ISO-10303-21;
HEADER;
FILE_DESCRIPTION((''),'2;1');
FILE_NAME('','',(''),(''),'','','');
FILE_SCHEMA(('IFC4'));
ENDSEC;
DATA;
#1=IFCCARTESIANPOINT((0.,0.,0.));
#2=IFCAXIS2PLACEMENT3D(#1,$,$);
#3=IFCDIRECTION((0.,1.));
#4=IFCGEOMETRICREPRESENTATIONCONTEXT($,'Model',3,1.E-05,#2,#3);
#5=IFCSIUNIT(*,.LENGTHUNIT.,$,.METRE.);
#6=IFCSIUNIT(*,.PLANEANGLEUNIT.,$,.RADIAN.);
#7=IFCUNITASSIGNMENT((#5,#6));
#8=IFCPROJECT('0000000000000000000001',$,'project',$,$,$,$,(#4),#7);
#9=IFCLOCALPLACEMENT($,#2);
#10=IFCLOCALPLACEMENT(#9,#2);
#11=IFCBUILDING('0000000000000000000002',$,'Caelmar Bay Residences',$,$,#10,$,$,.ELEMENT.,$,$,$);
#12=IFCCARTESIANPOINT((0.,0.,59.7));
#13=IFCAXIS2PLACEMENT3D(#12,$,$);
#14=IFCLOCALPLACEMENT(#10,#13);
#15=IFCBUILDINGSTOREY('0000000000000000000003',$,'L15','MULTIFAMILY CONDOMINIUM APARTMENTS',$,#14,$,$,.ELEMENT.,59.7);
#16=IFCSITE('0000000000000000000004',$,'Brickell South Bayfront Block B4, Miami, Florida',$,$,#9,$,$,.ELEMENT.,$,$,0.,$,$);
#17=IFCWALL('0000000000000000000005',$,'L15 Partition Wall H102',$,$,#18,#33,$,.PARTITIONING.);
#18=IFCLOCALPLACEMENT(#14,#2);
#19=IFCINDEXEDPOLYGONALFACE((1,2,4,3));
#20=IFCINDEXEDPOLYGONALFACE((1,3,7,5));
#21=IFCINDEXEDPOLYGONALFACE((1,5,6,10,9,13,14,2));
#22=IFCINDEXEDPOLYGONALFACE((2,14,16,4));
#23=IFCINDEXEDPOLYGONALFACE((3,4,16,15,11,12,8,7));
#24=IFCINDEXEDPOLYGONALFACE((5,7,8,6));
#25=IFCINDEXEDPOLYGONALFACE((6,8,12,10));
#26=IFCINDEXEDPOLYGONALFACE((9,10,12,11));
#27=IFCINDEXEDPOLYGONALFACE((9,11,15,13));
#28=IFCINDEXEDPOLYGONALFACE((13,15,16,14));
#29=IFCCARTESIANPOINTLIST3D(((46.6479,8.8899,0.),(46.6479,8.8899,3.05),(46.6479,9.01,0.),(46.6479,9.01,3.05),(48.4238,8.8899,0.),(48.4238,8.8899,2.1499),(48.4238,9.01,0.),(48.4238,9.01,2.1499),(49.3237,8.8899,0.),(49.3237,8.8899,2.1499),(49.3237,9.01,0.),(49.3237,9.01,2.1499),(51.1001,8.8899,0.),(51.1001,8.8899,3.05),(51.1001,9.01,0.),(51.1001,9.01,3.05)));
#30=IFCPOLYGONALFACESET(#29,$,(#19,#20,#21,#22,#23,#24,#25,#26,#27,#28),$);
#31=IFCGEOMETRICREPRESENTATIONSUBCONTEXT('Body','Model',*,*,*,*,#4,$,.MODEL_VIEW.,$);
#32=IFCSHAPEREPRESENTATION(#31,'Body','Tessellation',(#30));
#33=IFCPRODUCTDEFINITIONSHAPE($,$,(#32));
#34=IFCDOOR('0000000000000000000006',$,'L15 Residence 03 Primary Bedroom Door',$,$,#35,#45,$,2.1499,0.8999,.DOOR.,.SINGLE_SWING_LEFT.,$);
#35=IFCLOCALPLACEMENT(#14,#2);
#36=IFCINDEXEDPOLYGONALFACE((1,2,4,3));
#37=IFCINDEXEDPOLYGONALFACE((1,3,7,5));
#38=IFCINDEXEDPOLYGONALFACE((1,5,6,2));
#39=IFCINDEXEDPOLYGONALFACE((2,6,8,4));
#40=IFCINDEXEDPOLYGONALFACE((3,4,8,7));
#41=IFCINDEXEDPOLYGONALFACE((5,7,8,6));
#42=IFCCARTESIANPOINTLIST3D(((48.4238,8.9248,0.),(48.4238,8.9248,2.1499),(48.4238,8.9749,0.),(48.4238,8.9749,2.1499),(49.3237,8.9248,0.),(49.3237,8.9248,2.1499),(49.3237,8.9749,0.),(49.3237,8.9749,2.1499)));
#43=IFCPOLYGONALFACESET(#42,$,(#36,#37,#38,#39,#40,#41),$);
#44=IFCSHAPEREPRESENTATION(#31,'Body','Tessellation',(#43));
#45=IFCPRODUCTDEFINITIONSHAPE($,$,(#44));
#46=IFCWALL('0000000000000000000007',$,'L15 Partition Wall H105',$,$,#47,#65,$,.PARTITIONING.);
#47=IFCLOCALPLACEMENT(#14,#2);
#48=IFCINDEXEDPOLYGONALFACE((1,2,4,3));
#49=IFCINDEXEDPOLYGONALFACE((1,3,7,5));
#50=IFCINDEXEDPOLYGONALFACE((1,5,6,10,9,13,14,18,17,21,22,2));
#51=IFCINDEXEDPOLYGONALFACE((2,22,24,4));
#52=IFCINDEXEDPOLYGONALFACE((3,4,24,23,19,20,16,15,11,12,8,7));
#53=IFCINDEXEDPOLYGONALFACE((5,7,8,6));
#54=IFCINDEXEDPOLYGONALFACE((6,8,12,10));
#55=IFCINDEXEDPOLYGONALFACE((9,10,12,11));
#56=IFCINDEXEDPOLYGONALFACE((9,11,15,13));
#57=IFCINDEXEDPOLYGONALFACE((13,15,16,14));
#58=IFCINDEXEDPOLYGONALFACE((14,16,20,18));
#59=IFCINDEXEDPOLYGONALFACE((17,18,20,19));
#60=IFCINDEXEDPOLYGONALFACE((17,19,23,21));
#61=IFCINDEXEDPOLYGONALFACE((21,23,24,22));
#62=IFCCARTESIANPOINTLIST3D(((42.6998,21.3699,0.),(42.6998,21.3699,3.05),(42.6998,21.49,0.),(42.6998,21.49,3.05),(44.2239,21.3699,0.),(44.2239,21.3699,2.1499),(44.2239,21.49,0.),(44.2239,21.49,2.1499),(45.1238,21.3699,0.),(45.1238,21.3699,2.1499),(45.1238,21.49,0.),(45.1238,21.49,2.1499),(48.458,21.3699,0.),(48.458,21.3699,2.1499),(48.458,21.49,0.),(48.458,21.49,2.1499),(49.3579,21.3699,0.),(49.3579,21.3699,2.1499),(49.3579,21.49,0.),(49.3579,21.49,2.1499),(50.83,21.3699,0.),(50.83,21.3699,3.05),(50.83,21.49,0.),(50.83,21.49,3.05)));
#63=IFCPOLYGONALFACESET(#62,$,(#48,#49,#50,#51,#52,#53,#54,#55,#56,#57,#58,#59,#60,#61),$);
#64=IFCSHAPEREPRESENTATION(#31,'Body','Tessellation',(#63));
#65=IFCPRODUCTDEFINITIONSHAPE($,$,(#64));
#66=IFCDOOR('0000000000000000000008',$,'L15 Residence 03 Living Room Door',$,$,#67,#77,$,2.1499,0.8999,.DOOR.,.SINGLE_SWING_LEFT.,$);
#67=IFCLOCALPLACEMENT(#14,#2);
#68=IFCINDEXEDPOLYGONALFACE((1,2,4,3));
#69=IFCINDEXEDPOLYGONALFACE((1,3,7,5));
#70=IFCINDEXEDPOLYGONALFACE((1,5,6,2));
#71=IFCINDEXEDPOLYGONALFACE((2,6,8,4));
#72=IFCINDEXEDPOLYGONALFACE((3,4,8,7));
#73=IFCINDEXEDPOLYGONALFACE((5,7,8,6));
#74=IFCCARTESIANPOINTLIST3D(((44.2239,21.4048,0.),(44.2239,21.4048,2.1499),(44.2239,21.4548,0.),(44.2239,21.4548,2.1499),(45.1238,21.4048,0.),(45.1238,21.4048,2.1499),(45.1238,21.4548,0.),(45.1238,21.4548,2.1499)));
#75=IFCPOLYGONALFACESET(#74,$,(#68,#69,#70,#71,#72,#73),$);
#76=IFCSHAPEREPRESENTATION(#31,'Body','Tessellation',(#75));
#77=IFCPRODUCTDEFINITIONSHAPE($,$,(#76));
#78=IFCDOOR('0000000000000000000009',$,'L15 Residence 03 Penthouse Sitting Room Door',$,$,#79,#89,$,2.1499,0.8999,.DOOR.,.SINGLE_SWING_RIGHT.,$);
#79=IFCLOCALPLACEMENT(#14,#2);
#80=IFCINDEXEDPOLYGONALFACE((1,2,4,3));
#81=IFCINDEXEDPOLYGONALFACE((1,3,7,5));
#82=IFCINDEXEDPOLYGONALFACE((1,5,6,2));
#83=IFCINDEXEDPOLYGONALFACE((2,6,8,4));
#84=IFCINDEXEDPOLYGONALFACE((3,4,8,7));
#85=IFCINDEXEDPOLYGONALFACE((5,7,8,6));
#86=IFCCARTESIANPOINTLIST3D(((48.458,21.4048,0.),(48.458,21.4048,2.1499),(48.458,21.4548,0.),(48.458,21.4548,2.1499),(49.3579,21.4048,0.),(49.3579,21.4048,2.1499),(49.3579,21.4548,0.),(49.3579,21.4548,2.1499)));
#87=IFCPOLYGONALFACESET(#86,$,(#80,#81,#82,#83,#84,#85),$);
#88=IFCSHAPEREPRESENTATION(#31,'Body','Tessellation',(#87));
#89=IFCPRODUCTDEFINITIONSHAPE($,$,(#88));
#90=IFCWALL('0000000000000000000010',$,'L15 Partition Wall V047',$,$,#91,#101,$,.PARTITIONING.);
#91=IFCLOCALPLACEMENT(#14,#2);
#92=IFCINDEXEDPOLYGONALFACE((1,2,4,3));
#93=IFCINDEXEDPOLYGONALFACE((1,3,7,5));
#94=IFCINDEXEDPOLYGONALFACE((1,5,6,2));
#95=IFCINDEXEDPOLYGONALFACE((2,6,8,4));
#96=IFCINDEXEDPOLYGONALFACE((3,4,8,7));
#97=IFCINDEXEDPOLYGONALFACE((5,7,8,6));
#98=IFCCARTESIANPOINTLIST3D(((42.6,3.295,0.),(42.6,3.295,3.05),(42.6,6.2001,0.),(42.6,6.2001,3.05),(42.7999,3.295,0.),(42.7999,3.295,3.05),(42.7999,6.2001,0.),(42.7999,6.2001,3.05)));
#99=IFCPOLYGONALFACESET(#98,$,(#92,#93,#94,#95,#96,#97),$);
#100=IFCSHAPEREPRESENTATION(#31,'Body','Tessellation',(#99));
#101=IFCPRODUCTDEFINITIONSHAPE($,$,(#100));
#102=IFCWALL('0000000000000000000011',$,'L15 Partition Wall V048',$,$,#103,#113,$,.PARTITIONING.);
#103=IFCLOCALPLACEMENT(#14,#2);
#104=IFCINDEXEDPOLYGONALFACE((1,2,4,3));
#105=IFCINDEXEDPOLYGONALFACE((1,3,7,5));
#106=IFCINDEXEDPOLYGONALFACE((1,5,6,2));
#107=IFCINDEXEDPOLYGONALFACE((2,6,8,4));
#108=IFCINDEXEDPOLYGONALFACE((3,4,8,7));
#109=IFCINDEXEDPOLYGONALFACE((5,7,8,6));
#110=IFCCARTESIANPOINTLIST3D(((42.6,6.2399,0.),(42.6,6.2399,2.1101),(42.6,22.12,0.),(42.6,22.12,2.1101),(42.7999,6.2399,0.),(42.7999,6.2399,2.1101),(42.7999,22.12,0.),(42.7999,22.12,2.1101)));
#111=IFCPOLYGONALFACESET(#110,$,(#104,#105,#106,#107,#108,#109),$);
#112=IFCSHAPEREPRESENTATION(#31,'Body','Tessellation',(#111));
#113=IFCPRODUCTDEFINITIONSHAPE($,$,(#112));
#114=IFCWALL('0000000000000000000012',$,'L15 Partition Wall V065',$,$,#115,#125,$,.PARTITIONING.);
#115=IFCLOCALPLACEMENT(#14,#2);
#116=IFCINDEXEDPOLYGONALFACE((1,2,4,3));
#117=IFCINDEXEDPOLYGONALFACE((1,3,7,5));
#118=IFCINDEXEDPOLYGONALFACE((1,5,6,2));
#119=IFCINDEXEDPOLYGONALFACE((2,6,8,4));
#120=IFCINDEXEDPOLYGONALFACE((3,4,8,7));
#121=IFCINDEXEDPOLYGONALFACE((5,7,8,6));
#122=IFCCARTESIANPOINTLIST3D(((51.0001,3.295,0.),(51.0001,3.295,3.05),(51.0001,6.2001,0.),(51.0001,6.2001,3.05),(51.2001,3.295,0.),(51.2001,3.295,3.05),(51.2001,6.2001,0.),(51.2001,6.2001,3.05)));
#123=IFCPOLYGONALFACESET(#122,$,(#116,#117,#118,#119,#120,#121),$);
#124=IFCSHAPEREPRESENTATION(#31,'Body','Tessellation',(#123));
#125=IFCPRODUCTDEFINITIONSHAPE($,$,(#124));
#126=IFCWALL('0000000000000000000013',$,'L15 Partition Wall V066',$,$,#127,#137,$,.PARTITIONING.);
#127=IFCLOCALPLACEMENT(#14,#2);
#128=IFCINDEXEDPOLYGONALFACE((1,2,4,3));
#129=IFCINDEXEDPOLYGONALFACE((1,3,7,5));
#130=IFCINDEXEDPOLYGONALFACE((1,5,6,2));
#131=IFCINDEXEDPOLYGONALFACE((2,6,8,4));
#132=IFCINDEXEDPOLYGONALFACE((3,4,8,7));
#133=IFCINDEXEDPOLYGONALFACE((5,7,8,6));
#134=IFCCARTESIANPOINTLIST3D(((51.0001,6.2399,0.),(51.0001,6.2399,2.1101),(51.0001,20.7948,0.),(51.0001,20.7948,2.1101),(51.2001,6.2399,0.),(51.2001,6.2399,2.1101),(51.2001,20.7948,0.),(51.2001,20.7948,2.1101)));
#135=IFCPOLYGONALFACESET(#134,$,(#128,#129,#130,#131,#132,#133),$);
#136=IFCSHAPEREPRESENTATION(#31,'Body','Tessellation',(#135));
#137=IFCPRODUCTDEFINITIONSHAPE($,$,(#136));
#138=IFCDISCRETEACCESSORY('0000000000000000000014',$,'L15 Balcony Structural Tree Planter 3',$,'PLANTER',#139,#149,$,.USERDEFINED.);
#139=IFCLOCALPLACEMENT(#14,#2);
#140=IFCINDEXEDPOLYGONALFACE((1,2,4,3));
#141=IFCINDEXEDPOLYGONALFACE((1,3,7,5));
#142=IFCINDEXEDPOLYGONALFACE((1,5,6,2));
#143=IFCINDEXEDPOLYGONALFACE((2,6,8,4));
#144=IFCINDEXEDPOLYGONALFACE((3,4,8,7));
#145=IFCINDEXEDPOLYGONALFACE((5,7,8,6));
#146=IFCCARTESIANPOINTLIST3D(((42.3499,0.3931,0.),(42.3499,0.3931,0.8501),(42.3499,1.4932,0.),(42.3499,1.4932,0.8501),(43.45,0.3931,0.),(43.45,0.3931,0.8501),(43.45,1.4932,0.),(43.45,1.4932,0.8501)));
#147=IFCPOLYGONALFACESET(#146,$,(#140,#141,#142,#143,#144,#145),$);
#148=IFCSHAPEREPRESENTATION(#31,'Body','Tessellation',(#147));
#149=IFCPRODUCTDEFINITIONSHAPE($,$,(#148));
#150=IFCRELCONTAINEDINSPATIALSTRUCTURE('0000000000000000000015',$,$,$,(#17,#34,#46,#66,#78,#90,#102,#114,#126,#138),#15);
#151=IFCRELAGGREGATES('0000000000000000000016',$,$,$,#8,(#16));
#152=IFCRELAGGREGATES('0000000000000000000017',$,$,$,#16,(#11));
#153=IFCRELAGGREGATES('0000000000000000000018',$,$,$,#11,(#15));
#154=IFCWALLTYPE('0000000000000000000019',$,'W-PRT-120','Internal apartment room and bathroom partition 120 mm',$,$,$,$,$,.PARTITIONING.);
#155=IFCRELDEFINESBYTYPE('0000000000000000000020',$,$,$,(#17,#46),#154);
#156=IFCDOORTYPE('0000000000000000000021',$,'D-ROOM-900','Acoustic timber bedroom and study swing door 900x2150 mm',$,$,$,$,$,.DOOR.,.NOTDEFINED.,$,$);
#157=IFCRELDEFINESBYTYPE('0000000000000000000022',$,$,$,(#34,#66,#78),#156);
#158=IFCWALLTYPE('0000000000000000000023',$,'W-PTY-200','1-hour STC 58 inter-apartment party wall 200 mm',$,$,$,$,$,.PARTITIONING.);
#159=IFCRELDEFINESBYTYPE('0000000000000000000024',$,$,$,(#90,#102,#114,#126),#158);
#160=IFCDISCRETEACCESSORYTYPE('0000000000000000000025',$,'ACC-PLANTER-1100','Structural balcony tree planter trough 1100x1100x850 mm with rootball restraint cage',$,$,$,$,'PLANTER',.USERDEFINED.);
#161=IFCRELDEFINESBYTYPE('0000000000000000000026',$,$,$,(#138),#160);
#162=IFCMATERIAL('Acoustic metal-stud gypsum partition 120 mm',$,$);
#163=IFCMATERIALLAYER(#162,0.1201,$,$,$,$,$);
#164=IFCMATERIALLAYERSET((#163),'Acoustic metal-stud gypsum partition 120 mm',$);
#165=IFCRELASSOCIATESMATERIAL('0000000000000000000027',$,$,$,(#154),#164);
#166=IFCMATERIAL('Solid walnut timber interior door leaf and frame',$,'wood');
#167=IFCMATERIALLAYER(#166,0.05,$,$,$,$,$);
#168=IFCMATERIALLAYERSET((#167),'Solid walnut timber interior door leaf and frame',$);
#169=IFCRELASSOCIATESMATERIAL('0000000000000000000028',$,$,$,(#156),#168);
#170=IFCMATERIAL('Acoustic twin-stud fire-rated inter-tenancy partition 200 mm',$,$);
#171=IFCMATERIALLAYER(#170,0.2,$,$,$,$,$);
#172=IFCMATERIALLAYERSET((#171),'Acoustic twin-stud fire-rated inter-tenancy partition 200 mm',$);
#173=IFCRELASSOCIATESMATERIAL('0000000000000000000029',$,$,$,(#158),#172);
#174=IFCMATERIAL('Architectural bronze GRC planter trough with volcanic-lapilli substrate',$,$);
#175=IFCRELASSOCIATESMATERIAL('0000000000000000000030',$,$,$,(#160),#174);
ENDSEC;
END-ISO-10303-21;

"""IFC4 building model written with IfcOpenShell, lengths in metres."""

from ifc_helpers import new_model, si_unit, direction, frame, frame_2d, origin, origin_2d, place, context, subcontext, project, spatial, rectangle, extrude, material, layer, layer_set, type_object, element, fill, save


model = new_model("IFC4")

# Units and contexts
model_context = context("Model", 3, precision=1e-05, world=origin(), true_north=direction((0.0, 1.0)))
body_context = subcontext(model_context, "Body", "Model", "MODEL_VIEW")
ifc_project = project(units=[si_unit("LENGTHUNIT", "METRE"), si_unit("PLANEANGLEUNIT", "RADIAN")], contexts=[model_context])

# Site, building, storey
site_placement = place(None, origin())
site = spatial("IfcSite", under=ifc_project, at=site_placement, Name="Brickell South Bayfront Block B4, Miami, Florida", CompositionType="ELEMENT", RefElevation=0.0)
building_placement = place(site_placement, origin())
building = spatial("IfcBuilding", under=site, at=building_placement, Name="Caelmar Bay Residences", CompositionType="ELEMENT")
storey_placement = place(building_placement, frame((0.0, 0.0, 59.7)))
storey = spatial("IfcBuildingStorey", under=building, at=storey_placement, Name="L15", Description="MULTIFAMILY CONDOMINIUM APARTMENTS", CompositionType="ELEMENT", Elevation=59.7)

# Shared definitions
ifc_material_1 = material(Name="Acoustic metal-stud gypsum partition 120 mm")
ifc_layer_1 = layer(ifc_material_1, 0.1201)
ifc_layer_set_1 = layer_set([ifc_layer_1], Name="Acoustic metal-stud gypsum partition 120 mm")
wall_type_1 = type_object("IfcWallType", Name="W-PRT-120", Description="Internal apartment room and bathroom partition 120 mm", PredefinedType="PARTITIONING", material=ifc_layer_set_1)

# Wall, opening, door
wall_1_placement = place(storey_placement, frame((46.6479, 8.95, 0.0), z_axis=(0.0, 0.0, 1.0), x_axis=(1.0, 0.0, 0.0)))
wall_1 = element("IfcWall", 1, at=wall_1_placement, inside=storey, type_object=wall_type_1, Name="L15 Partition Wall H102", PredefinedType="PARTITIONING", context=body_context, shape_type="SweptSolid", body=[
    extrude(rectangle(XDim=4.4521, YDim=0.1201, at=frame_2d((2.2261, 0.0))), origin(), (0.0, 0.0, 1.0), 3.05),
])
opening_1_placement = place(wall_1_placement, frame((1.7759, 0.0, 0.0)))
opening_1 = element("IfcOpeningElement", 2, at=opening_1_placement, cuts=wall_1, PredefinedType="OPENING", context=body_context, shape_type="SweptSolid", body=[
    extrude(rectangle(XDim=0.8999, YDim=2.1499, at=frame_2d((0.45, 1.075))), frame((0.0, 0.0701, 0.0), z_axis=(0.0, -1.0, 0.0), x_axis=(1.0, 0.0, 0.0)), (0.0, 0.0, 1.0), 0.1401),
])
ifc_material_2 = material(Name="Solid walnut timber interior door leaf and frame", Category="wood")
ifc_layer_2 = layer(ifc_material_2, 0.05)
ifc_layer_set_2 = layer_set([ifc_layer_2], Name="Solid walnut timber interior door leaf and frame")
door_type = type_object("IfcDoorType", Name="D-ROOM-900", Description="Acoustic timber bedroom and study swing door 900x2150 mm", OperationType="NOTDEFINED", PredefinedType="DOOR", material=ifc_layer_set_2)
door_1_placement = place(opening_1_placement, origin())
door_1 = element("IfcDoor", 3, at=door_1_placement, inside=storey, type_object=door_type, Name="L15 Residence 03 Primary Bedroom Door", OperationType="SINGLE_SWING_LEFT", OverallHeight=2.1499, OverallWidth=0.8999, PredefinedType="DOOR", context=body_context, shape_type="SweptSolid", body=[
    extrude(rectangle(XDim=0.8999, YDim=2.1499, at=frame_2d((0.45, 1.075))), frame((0.0, 0.0249, 0.0), z_axis=(0.0, -1.0, 0.0), x_axis=(1.0, 0.0, 0.0)), (0.0, 0.0, 1.0), 0.05),
])
fill(opening_1, door_1)

# Wall, openings, doors
wall_2_placement = place(storey_placement, frame((42.7, 21.4299, 0.0), z_axis=(0.0, 0.0, 1.0), x_axis=(1.0, 0.0, 0.0)))
wall_2 = element("IfcWall", 4, at=wall_2_placement, inside=storey, type_object=wall_type_1, Name="L15 Partition Wall H105", PredefinedType="PARTITIONING", context=body_context, shape_type="SweptSolid", body=[
    extrude(rectangle(XDim=8.1301, YDim=0.1201, at=frame_2d((4.0649, 0.0))), origin(), (0.0, 0.0, 1.0), 3.05),
])
opening_2_placement = place(wall_2_placement, frame((1.5239, 0.0, 0.0)))
opening_2 = element("IfcOpeningElement", 5, at=opening_2_placement, cuts=wall_2, PredefinedType="OPENING", context=body_context, shape_type="SweptSolid", body=[
    extrude(rectangle(XDim=0.8999, YDim=2.1499, at=frame_2d((0.45, 1.075))), frame((0.0, 0.0701, 0.0), z_axis=(0.0, -1.0, 0.0), x_axis=(1.0, 0.0, 0.0)), (0.0, 0.0, 1.0), 0.1401),
])
opening_3_placement = place(wall_2_placement, frame((5.7581, 0.0, 0.0)))
opening_3 = element("IfcOpeningElement", 6, at=opening_3_placement, cuts=wall_2, PredefinedType="OPENING", context=body_context, shape_type="SweptSolid", body=[
    extrude(rectangle(XDim=0.8999, YDim=2.1499, at=frame_2d((0.45, 1.075))), frame((0.0, 0.0701, 0.0), z_axis=(0.0, -1.0, 0.0), x_axis=(1.0, 0.0, 0.0)), (0.0, 0.0, 1.0), 0.1401),
])
door_2_placement = place(opening_2_placement, origin())
door_2 = element("IfcDoor", 7, at=door_2_placement, inside=storey, type_object=door_type, Name="L15 Residence 03 Living Room Door", OperationType="SINGLE_SWING_LEFT", OverallHeight=2.1499, OverallWidth=0.8999, PredefinedType="DOOR", context=body_context, shape_type="SweptSolid", body=[
    extrude(rectangle(XDim=0.8999, YDim=2.1499, at=frame_2d((0.45, 1.075))), frame((0.0, 0.0249, 0.0), z_axis=(0.0, -1.0, 0.0), x_axis=(1.0, 0.0, 0.0)), (0.0, 0.0, 1.0), 0.05),
])
fill(opening_2, door_2)
door_3_placement = place(opening_3_placement, origin())
door_3 = element("IfcDoor", 8, at=door_3_placement, inside=storey, type_object=door_type, Name="L15 Residence 03 Penthouse Sitting Room Door", OperationType="SINGLE_SWING_RIGHT", OverallHeight=2.1499, OverallWidth=0.8999, PredefinedType="DOOR", context=body_context, shape_type="SweptSolid", body=[
    extrude(rectangle(XDim=0.8999, YDim=2.1499, at=frame_2d((0.45, 1.075))), frame((0.0, 0.0249, 0.0), z_axis=(0.0, -1.0, 0.0), x_axis=(1.0, 0.0, 0.0)), (0.0, 0.0, 1.0), 0.05),
])
fill(opening_3, door_3)

# Walls
ifc_material_3 = material(Name="Acoustic twin-stud fire-rated inter-tenancy partition 200 mm")
ifc_layer_3 = layer(ifc_material_3, 0.2)
ifc_layer_set_3 = layer_set([ifc_layer_3], Name="Acoustic twin-stud fire-rated inter-tenancy partition 200 mm")
wall_type_2 = type_object("IfcWallType", Name="W-PTY-200", Description="1-hour STC 58 inter-apartment party wall 200 mm", PredefinedType="PARTITIONING", material=ifc_layer_set_3)
wall_3_placement = place(storey_placement, frame((42.7, 3.2949, 0.0), z_axis=(0.0, 0.0, 1.0), x_axis=(0.0, 1.0, 0.0)))
element("IfcWall", 9, at=wall_3_placement, inside=storey, type_object=wall_type_2, Name="L15 Partition Wall V047", PredefinedType="PARTITIONING", context=body_context, shape_type="SweptSolid", body=[
    extrude(rectangle(XDim=2.905, YDim=0.2, at=frame_2d((1.4526, 0.0))), origin(), (0.0, 0.0, 1.0), 3.05),
])
wall_4_placement = place(storey_placement, frame((42.7, 6.24, 0.0), z_axis=(0.0, 0.0, 1.0), x_axis=(0.0, 1.0, 0.0)))
element("IfcWall", 10, at=wall_4_placement, inside=storey, type_object=wall_type_2, Name="L15 Partition Wall V048", PredefinedType="PARTITIONING", context=body_context, shape_type="SweptSolid", body=[
    extrude(rectangle(XDim=15.8801, YDim=0.2, at=frame_2d((7.9399, 0.0))), origin(), (0.0, 0.0, 1.0), 2.1101),
])
wall_5_placement = place(storey_placement, frame((51.1001, 3.2949, 0.0), z_axis=(0.0, 0.0, 1.0), x_axis=(0.0, 1.0, 0.0)))
element("IfcWall", 11, at=wall_5_placement, inside=storey, type_object=wall_type_2, Name="L15 Partition Wall V065", PredefinedType="PARTITIONING", context=body_context, shape_type="SweptSolid", body=[
    extrude(rectangle(XDim=2.905, YDim=0.2, at=frame_2d((1.4526, 0.0))), origin(), (0.0, 0.0, 1.0), 3.05),
])
wall_6_placement = place(storey_placement, frame((51.1001, 6.24, 0.0), z_axis=(0.0, 0.0, 1.0), x_axis=(0.0, 1.0, 0.0)))
element("IfcWall", 12, at=wall_6_placement, inside=storey, type_object=wall_type_2, Name="L15 Partition Wall V066", PredefinedType="PARTITIONING", context=body_context, shape_type="SweptSolid", body=[
    extrude(rectangle(XDim=14.5549, YDim=0.2, at=frame_2d((7.2773, 0.0))), origin(), (0.0, 0.0, 1.0), 2.1101),
])

# Discrete accessory
ifc_material_4 = material(Name="Architectural bronze GRC planter trough with volcanic-lapilli substrate")
discrete_accessory_type = type_object("IfcDiscreteAccessoryType", Name="ACC-PLANTER-1100", Description="Structural balcony tree planter trough 1100x1100x850 mm with rootball restraint cage", ElementType="PLANTER", PredefinedType="USERDEFINED", material=ifc_material_4)
discrete_accessory_placement = place(storey_placement, frame((42.8999, 0.9431, 0.0), z_axis=(0.0, 0.0, 1.0), x_axis=(1.0, 0.0, 0.0)))
element("IfcDiscreteAccessory", 13, at=discrete_accessory_placement, inside=storey, type_object=discrete_accessory_type, Name="L15 Balcony Structural Tree Planter 3", ObjectType="PLANTER", PredefinedType="USERDEFINED", context=body_context, shape_type="SweptSolid", body=[
    extrude(rectangle(XDim=1.1001, YDim=1.1001, at=origin_2d()), origin(), (0.0, 0.0, 1.0), 0.8501),
])

save(model, "model.ifc")
